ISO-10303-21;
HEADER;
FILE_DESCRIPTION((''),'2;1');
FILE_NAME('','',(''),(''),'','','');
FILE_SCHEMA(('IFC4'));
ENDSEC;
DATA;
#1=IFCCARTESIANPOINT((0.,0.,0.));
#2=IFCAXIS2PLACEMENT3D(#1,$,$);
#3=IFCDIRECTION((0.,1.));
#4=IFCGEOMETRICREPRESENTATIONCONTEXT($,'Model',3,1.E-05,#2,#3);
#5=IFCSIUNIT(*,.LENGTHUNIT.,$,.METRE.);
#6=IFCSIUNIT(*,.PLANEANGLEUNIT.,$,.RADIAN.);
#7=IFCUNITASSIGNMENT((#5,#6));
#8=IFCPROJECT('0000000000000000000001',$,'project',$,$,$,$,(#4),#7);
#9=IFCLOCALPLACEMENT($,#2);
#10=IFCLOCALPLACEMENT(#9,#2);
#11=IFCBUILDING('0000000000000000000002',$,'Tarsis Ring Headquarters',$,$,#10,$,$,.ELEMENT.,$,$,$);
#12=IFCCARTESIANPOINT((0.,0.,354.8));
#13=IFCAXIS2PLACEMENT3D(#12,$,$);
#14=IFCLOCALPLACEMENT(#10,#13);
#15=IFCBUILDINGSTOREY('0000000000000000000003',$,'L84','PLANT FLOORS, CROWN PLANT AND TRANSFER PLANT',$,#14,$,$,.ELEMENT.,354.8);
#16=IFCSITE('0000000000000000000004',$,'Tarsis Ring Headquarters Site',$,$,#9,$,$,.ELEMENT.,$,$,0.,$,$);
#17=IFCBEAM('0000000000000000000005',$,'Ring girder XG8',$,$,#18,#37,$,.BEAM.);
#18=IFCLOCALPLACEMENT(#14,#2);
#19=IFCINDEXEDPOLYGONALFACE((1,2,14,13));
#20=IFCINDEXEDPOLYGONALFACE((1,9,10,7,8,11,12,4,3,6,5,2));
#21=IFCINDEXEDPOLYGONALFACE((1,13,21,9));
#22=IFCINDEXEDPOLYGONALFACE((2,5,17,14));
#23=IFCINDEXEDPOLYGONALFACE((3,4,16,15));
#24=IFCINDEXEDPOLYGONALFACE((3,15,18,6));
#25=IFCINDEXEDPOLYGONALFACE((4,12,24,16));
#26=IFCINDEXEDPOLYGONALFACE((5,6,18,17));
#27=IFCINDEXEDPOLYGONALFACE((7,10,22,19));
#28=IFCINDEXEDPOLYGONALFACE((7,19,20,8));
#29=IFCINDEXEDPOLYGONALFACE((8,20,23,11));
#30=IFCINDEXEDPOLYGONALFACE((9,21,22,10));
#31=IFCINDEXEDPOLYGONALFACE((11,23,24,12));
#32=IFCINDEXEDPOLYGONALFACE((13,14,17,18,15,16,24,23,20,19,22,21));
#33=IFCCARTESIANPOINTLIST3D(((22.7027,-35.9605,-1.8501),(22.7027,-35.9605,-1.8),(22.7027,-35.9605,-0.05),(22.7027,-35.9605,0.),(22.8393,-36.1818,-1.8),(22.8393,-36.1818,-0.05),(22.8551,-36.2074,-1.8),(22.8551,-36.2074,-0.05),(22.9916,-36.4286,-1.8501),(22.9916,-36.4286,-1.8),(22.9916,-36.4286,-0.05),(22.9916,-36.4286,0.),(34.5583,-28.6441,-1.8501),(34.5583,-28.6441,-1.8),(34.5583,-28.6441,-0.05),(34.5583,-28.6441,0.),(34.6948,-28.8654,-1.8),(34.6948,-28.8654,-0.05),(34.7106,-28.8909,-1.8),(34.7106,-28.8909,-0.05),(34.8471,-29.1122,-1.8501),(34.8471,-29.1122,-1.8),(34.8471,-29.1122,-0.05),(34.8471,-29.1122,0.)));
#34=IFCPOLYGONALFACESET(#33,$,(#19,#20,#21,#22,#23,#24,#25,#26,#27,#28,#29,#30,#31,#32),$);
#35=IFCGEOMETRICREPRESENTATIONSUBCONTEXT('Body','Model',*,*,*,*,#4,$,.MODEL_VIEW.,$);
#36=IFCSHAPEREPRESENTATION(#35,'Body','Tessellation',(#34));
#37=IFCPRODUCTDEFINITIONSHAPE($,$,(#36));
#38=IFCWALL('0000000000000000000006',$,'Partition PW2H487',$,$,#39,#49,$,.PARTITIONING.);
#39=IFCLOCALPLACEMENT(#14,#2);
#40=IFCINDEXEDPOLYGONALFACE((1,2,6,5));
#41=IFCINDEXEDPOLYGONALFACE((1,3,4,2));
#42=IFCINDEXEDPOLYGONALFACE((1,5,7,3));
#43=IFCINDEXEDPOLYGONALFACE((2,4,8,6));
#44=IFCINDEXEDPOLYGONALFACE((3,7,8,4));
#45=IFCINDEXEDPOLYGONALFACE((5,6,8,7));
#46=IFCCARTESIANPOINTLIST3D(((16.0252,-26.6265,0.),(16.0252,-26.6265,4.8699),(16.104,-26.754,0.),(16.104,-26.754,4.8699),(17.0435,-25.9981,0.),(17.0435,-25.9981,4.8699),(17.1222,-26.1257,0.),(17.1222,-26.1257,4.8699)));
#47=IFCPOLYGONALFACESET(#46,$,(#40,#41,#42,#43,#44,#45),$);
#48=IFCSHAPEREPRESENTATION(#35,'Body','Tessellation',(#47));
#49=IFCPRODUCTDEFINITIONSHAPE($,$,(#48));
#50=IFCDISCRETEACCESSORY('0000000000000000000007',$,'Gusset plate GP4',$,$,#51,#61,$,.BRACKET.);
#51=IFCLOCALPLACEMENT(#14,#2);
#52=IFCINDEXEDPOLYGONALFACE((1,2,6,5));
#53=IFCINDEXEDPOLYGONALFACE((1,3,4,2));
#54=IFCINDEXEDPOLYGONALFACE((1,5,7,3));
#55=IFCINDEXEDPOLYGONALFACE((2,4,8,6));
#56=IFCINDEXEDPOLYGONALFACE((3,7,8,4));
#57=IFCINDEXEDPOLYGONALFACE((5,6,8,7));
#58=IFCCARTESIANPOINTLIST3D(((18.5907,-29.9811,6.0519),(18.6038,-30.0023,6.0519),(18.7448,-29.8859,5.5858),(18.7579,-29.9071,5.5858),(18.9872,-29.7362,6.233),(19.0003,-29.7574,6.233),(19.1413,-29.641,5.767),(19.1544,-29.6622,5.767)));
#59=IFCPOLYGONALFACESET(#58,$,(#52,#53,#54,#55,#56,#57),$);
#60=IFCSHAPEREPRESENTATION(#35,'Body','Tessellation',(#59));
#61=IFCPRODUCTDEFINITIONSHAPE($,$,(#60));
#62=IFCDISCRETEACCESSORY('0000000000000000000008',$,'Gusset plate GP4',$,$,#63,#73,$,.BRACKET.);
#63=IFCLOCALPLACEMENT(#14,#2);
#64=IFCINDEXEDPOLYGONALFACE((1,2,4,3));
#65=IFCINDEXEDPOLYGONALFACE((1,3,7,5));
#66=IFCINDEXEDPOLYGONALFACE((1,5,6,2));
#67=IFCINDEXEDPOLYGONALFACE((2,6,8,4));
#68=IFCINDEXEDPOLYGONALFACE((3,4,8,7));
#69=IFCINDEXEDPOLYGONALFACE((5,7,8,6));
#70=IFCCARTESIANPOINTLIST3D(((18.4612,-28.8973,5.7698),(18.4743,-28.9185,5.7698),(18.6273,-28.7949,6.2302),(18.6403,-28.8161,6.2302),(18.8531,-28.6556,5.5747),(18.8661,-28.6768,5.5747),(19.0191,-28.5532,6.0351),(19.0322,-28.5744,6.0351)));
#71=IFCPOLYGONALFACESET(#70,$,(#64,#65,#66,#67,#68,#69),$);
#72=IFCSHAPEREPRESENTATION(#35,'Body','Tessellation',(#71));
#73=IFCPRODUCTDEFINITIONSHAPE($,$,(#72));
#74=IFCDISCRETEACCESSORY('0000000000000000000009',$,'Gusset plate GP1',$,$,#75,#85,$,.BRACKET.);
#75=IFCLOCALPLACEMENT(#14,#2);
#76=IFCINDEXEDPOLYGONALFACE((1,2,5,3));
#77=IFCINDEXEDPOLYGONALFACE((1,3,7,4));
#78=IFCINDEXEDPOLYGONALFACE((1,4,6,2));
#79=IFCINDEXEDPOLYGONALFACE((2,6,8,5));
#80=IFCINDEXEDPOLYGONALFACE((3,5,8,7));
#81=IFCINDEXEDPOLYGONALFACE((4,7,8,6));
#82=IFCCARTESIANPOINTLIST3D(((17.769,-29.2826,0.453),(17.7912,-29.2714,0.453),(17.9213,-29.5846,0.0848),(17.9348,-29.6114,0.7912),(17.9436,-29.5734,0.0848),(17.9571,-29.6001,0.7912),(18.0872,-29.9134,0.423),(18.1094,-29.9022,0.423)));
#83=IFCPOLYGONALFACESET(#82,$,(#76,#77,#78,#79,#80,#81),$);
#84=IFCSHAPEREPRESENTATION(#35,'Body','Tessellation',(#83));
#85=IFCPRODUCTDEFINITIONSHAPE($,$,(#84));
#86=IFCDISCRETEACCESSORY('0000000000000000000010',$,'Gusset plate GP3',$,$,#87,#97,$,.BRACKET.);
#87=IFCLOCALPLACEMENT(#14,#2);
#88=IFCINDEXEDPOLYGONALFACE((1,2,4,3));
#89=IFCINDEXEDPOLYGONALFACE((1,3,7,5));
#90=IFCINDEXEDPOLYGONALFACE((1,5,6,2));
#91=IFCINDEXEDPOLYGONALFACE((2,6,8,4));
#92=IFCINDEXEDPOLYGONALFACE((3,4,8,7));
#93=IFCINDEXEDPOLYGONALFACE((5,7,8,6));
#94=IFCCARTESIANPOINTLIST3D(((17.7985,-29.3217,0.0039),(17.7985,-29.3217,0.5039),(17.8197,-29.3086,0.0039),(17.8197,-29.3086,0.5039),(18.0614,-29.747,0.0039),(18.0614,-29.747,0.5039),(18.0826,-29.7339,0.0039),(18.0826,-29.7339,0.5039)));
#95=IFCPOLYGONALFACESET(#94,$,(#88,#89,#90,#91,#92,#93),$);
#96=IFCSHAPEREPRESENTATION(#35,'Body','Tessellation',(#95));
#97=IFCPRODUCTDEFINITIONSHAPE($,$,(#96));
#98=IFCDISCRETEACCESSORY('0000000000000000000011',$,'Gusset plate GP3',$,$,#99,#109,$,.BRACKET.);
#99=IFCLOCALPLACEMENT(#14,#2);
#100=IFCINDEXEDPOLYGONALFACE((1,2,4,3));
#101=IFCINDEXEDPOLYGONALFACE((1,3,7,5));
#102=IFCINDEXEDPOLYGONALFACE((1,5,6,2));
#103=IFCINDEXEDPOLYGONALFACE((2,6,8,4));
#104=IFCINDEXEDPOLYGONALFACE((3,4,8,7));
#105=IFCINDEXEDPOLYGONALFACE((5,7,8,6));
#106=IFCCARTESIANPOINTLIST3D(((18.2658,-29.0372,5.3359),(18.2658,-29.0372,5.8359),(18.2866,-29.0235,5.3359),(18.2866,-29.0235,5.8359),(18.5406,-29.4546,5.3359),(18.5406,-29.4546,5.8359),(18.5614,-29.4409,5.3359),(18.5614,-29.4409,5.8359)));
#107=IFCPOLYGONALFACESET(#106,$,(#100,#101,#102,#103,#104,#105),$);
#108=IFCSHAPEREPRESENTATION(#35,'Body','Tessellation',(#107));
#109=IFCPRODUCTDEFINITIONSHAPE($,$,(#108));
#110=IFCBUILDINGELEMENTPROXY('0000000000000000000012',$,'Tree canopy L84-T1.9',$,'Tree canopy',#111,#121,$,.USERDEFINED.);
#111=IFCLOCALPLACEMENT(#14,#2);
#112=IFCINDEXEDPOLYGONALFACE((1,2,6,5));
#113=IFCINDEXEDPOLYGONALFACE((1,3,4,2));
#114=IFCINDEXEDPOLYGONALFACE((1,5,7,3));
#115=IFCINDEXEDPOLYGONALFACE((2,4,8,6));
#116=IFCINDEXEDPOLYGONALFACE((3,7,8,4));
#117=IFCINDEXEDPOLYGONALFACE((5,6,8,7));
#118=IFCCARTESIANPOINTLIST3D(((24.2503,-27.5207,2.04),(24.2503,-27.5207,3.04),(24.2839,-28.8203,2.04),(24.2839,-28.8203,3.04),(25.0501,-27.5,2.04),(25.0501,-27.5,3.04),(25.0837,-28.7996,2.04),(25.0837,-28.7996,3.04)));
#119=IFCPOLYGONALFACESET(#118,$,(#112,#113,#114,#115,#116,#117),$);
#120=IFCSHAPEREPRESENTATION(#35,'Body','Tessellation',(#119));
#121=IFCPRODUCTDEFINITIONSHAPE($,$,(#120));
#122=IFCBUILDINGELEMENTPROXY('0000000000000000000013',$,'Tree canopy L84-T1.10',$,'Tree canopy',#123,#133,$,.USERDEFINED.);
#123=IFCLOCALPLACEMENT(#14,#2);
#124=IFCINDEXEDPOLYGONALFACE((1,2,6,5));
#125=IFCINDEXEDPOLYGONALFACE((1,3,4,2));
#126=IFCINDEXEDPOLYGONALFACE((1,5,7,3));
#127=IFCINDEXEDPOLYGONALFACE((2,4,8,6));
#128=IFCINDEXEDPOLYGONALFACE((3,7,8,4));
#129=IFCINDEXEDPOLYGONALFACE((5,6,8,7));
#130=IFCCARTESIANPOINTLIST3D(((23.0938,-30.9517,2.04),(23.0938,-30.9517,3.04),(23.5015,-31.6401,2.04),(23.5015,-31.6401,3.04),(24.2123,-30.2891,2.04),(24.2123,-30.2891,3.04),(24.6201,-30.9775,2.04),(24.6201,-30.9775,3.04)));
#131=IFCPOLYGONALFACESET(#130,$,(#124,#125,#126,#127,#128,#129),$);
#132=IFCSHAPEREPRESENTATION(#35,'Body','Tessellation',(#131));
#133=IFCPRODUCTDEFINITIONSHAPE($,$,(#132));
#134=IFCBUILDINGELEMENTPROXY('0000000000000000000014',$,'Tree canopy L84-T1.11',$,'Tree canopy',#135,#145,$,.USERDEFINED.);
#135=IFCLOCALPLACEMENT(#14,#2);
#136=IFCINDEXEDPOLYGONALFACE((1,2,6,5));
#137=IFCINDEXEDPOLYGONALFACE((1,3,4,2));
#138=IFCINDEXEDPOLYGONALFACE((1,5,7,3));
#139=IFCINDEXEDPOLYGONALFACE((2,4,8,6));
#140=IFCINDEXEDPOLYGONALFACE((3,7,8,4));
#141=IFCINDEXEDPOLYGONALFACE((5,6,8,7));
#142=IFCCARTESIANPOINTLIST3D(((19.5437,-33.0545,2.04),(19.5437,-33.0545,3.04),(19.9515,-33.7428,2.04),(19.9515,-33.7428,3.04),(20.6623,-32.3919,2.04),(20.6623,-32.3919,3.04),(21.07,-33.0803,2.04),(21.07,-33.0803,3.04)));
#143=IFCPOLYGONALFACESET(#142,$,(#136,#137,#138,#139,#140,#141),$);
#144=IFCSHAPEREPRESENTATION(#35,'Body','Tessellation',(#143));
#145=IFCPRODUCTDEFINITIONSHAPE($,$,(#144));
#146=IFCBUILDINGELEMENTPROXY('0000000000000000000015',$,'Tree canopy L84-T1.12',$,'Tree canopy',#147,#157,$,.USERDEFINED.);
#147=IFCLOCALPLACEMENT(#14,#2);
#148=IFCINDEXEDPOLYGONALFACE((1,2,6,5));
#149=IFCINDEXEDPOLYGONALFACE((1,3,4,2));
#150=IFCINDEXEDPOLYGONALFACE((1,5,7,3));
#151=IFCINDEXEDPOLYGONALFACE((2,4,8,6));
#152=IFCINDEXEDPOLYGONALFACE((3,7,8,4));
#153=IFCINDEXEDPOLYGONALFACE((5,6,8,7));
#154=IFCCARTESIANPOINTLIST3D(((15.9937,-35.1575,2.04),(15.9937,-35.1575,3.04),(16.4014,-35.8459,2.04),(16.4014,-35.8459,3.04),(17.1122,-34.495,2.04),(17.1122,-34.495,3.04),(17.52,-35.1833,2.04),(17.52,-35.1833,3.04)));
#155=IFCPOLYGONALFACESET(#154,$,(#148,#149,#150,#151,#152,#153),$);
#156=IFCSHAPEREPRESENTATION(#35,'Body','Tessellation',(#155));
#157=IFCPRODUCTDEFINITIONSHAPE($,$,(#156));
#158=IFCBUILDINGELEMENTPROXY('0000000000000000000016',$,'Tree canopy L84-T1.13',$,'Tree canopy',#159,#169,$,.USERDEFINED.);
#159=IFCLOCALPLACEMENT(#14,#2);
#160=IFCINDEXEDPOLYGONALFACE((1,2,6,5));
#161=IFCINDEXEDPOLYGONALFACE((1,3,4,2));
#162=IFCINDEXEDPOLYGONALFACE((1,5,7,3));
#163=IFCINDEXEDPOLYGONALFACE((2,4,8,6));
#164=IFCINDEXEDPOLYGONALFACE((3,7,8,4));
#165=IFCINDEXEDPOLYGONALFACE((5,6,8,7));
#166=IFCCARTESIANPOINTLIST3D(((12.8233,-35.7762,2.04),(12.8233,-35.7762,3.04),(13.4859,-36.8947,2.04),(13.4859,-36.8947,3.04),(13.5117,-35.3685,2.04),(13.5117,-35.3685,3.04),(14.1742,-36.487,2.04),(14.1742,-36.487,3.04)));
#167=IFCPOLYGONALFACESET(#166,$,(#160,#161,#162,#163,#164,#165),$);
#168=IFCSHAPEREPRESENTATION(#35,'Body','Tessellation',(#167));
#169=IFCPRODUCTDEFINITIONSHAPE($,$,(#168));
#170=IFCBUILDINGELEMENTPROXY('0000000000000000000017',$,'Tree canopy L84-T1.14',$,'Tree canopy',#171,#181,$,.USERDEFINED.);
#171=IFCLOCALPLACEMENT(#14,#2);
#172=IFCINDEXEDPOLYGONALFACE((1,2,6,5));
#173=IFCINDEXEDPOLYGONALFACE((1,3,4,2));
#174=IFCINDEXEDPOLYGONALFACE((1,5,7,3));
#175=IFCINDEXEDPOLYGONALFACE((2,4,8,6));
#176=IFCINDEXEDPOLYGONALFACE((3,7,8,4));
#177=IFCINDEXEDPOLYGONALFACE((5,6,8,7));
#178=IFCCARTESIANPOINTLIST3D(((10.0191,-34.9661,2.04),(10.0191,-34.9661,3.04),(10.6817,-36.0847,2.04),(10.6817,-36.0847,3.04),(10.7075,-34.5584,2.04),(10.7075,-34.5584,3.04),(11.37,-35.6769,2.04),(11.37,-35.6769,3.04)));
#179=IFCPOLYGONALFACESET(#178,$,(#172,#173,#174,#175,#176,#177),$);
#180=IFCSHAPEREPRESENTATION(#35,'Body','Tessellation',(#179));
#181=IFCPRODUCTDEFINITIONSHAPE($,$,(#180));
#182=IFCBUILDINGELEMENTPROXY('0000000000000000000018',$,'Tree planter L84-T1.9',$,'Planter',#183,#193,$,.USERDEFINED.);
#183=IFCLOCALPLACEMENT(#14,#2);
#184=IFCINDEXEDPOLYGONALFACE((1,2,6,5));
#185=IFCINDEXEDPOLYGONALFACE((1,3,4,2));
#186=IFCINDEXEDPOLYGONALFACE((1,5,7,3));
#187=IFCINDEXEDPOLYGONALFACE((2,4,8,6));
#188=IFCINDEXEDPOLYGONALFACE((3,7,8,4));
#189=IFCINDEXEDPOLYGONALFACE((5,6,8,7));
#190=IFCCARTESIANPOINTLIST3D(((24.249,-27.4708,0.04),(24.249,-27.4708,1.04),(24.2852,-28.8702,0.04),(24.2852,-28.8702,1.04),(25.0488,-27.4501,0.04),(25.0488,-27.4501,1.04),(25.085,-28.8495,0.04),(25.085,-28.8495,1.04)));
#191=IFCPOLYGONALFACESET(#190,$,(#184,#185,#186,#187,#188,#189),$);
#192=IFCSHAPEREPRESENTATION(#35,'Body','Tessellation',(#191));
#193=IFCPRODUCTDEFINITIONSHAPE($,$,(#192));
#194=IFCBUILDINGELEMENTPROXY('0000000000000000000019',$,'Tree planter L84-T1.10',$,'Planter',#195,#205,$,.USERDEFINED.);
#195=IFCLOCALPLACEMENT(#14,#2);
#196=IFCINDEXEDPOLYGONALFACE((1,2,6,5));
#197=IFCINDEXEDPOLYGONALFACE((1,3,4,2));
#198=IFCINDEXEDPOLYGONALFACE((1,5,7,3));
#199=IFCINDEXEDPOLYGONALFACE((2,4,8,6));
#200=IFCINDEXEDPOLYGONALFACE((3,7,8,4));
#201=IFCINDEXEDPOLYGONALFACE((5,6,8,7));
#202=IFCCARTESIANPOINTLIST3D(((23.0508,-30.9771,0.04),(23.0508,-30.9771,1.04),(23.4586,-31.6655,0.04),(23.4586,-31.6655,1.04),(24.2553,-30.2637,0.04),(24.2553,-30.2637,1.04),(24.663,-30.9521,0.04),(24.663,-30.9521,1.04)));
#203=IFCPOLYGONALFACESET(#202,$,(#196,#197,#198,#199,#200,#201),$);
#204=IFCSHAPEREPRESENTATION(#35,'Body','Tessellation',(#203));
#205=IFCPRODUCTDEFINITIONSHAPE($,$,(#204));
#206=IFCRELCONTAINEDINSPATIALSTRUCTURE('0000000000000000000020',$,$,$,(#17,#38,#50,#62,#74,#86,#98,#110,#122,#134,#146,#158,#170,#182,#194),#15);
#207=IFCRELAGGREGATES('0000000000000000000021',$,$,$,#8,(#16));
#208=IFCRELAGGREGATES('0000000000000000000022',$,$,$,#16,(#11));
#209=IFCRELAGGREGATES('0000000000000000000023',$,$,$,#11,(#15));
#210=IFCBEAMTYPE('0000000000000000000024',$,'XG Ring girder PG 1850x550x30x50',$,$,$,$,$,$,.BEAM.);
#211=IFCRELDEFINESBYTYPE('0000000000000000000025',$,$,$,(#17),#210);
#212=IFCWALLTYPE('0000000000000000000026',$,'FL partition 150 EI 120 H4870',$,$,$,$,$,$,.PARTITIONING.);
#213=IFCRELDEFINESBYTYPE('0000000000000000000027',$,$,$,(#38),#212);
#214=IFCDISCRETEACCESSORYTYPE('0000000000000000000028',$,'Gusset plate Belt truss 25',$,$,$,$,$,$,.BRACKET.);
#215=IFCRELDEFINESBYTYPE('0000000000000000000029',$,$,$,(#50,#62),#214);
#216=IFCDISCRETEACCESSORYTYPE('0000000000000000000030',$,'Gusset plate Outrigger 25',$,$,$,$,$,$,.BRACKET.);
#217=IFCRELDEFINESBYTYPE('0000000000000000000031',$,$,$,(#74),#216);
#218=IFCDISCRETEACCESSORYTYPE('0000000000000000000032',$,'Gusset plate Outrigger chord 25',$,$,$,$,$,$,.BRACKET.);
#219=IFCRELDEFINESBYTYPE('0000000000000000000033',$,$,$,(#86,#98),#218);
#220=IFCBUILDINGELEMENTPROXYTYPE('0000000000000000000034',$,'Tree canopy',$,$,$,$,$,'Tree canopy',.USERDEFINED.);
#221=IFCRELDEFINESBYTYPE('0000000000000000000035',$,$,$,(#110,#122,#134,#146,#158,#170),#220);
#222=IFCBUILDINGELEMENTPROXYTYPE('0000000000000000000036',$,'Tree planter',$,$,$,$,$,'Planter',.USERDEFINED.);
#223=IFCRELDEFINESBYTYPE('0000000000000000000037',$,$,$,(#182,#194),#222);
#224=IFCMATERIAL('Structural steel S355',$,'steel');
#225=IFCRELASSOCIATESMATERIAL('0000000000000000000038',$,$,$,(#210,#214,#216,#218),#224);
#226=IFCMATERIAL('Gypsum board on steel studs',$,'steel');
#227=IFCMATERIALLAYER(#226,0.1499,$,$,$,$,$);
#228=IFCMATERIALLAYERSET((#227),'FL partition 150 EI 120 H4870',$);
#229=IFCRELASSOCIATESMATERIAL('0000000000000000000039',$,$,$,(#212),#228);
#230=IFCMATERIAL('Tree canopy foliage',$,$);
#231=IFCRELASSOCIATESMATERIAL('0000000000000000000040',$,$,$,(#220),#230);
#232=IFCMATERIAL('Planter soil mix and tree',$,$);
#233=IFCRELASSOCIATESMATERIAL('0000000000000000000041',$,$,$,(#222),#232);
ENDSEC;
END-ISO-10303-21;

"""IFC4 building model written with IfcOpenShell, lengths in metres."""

from ifc_helpers import new_model, si_unit, direction, frame, frame_2d, origin, origin_2d, place, context, subcontext, project, spatial, rectangle, i_section, extrude, material, layer, layer_set, material_profile, profile_set, type_object, element, save


model = new_model("IFC4")

# Units and contexts
model_context = context("Model", 3, precision=1e-05, world=origin(), true_north=direction((0.0, 1.0)))
body_context = subcontext(model_context, "Body", "Model", "MODEL_VIEW")
ifc_project = project(units=[si_unit("LENGTHUNIT", "METRE"), si_unit("PLANEANGLEUNIT", "RADIAN")], contexts=[model_context])

# Site, building, storey
site_placement = place(None, origin())
site = spatial("IfcSite", under=ifc_project, at=site_placement, Name="Tarsis Ring Headquarters Site", CompositionType="ELEMENT", RefElevation=0.0)
building_placement = place(site_placement, origin())
building = spatial("IfcBuilding", under=site, at=building_placement, Name="Tarsis Ring Headquarters", CompositionType="ELEMENT")
storey_placement = place(building_placement, frame((0.0, 0.0, 354.8)))
storey = spatial("IfcBuildingStorey", under=building, at=storey_placement, Name="L84", Description="PLANT FLOORS, CROWN PLANT AND TRANSFER PLANT", CompositionType="ELEMENT", Elevation=354.8)

# Shared definitions
ifc_material_1 = material(Name="Structural steel S355", Category="steel")

# Beam
ifc_material_profile_1 = material_profile(ifc_material_1, i_section(OverallWidth=0.55, OverallDepth=1.8501, WebThickness=0.03, FlangeThickness=0.05, at=origin_2d()), Name="PG 1850x550x30x50")
ifc_profile_set_1 = profile_set([ifc_material_profile_1], Name="Structural steel S355")
beam_type_1 = type_object("IfcBeamType", Name="XG Ring girder PG 1850x550x30x50", PredefinedType="BEAM", material=ifc_profile_set_1)
beam_1_placement = place(storey_placement, frame((22.8472, -36.1946, -0.925), z_axis=(0.850993, 0.525176, 0.0), x_axis=(-0.525176, 0.850993, 0.0)))
element("IfcBeam", 1, at=beam_1_placement, inside=storey, type_object=beam_type_1, Name="Ring girder XG8", PredefinedType="BEAM", context=body_context, shape_type="SweptSolid", body=[
    extrude(i_section(OverallWidth=0.55, OverallDepth=1.8501, WebThickness=0.03, FlangeThickness=0.05, at=origin_2d()), origin(), (0.0, 0.0, 1.0), 13.9314),
])

# Wall
ifc_material_2 = material(Name="Gypsum board on steel studs", Category="steel")
ifc_layer = layer(ifc_material_2, 0.1499)
ifc_layer_set = layer_set([ifc_layer], Name="FL partition 150 EI 120 H4870")
wall_type = type_object("IfcWallType", Name="FL partition 150 EI 120 H4870", PredefinedType="PARTITIONING", material=ifc_layer_set)
wall_placement = place(storey_placement, frame((16.0647, -26.6902, 0.0), z_axis=(0.0, 0.0, 1.0), x_axis=(0.850999, 0.525167, 0.0)))
element("IfcWall", 2, at=wall_placement, inside=storey, type_object=wall_type, Name="Partition PW2H487", PredefinedType="PARTITIONING", context=body_context, shape_type="SweptSolid", body=[
    extrude(rectangle(XDim=1.1965, YDim=0.1499, at=frame_2d((0.5981, 0.0))), origin(), (0.0, 0.0, 1.0), 4.8699),
])

# Discrete accessories
ifc_material_profile_2 = material_profile(ifc_material_1, rectangle(XDim=0.0249, YDim=0.5, at=origin_2d()), Name="PL 25x500")
ifc_profile_set_2 = profile_set([ifc_material_profile_2], Name="Structural steel S355")
discrete_accessory_type_1 = type_object("IfcDiscreteAccessoryType", Name="Gusset plate Belt truss 25", PredefinedType="BRACKET", material=ifc_profile_set_2)
for number, where, z_axis, x_axis, name in (
    (3, (19.0708, -29.6992, 6.0), (-0.793002, -0.489767, -0.36232), (0.525471, -0.850812, 0.0), "Gusset plate GP4"),
    (4, (18.5508, -28.8567, 6.0), (0.783671, 0.483386, -0.390126), (-0.524985, 0.851112, 0.0), "Gusset plate GP4"),
):
    element("IfcDiscreteAccessory", number, at=place(storey_placement, frame(where, z_axis=z_axis, x_axis=x_axis)), inside=storey, type_object=discrete_accessory_type_1, Name=name, PredefinedType="BRACKET", context=body_context, shape_type="SweptSolid", body=[
        extrude(rectangle(XDim=0.0249, YDim=0.5, at=origin_2d()), origin(), (0.0, 0.0, 1.0), 0.5),
    ])
discrete_accessory_type_2 = type_object("IfcDiscreteAccessoryType", Name="Gusset plate Outrigger 25", PredefinedType="BRACKET", material=ifc_profile_set_2)
discrete_accessory_1_placement = place(storey_placement, frame((18.0154, -29.7434, 0.2539), z_axis=(-0.304713, 0.604054, 0.736389), x_axis=(-0.892834, -0.450387, 0.0)))
element("IfcDiscreteAccessory", 5, at=discrete_accessory_1_placement, inside=storey, type_object=discrete_accessory_type_2, Name="Gusset plate GP1", PredefinedType="BRACKET", context=body_context, shape_type="SweptSolid", body=[
    extrude(rectangle(XDim=0.0249, YDim=0.5, at=origin_2d()), origin(), (0.0, 0.0, 1.0), 0.5),
])
discrete_accessory_type_3 = type_object("IfcDiscreteAccessoryType", Name="Gusset plate Outrigger chord 25", PredefinedType="BRACKET", material=ifc_profile_set_2)
discrete_accessory_2_placement = place(storey_placement, frame((18.072, -29.7405, 0.2539), z_axis=(-0.525867, 0.850567, 0.0), x_axis=(-0.850567, -0.525867, 0.0)))
element("IfcDiscreteAccessory", 6, at=discrete_accessory_2_placement, inside=storey, type_object=discrete_accessory_type_3, Name="Gusset plate GP3", PredefinedType="BRACKET", context=body_context, shape_type="SweptSolid", body=[
    extrude(rectangle(XDim=0.0249, YDim=0.5, at=origin_2d()), origin(), (0.0, 0.0, 1.0), 0.5),
])
discrete_accessory_3_placement = place(storey_placement, frame((18.551, -29.4478, 5.5859), z_axis=(-0.549957, 0.835193, 0.0), x_axis=(-0.835193, -0.549957, 0.0)))
element("IfcDiscreteAccessory", 7, at=discrete_accessory_3_placement, inside=storey, type_object=discrete_accessory_type_3, Name="Gusset plate GP3", PredefinedType="BRACKET", context=body_context, shape_type="SweptSolid", body=[
    extrude(rectangle(XDim=0.0249, YDim=0.5, at=origin_2d()), origin(), (0.0, 0.0, 1.0), 0.4998),
])

# Building element proxies
ifc_material_3 = material(Name="Tree canopy foliage")
building_element_proxy_type_1 = type_object("IfcBuildingElementProxyType", Name="Tree canopy", ElementType="Tree canopy", PredefinedType="USERDEFINED", material=ifc_material_3)
for number, where, z_axis, x_axis, name in (
    (8, (24.667, -28.1602, 2.04), (0.0, 0.0, 1.0), (0.025866, -0.999665, 0.0), "Tree canopy L84-T1.9"),
    (9, (23.8569, -30.9646, 2.04), (0.0, 0.0, 1.0), (-0.860386, -0.509642, 0.0), "Tree canopy L84-T1.10"),
    (10, (20.3069, -33.0674, 2.04), (0.0, 0.0, 1.0), (-0.860386, -0.509642, 0.0), "Tree canopy L84-T1.11"),
    (11, (16.7568, -35.1704, 2.04), (0.0, 0.0, 1.0), (-0.860386, -0.509642, 0.0), "Tree canopy L84-T1.12"),
    (12, (13.4988, -36.1316, 2.04), (0.0, 0.0, 1.0), (-0.509642, 0.860386, 0.0), "Tree canopy L84-T1.13"),
    (13, (10.6946, -35.3215, 2.04), (0.0, 0.0, 1.0), (-0.509642, 0.860386, 0.0), "Tree canopy L84-T1.14"),
):
    element("IfcBuildingElementProxy", number, at=place(storey_placement, frame(where, z_axis=z_axis, x_axis=x_axis)), inside=storey, type_object=building_element_proxy_type_1, Name=name, ObjectType="Tree canopy", PredefinedType="USERDEFINED", context=body_context, shape_type="SweptSolid", body=[
        extrude(rectangle(XDim=1.3, YDim=0.8, at=origin_2d()), origin(), (0.0, 0.0, 1.0), 1.0),
    ])
ifc_material_4 = material(Name="Planter soil mix and tree")
building_element_proxy_type_2 = type_object("IfcBuildingElementProxyType", Name="Tree planter", ElementType="Planter", PredefinedType="USERDEFINED", material=ifc_material_4)
for number, where, z_axis, x_axis, name in (
    (14, (24.667, -28.1602, 0.04), (0.0, 0.0, 1.0), (0.025866, -0.999665, 0.0), "Tree planter L84-T1.9"),
    (15, (23.8569, -30.9646, 0.04), (0.0, 0.0, 1.0), (-0.860386, -0.509642, 0.0), "Tree planter L84-T1.10"),
):
    element("IfcBuildingElementProxy", number, at=place(storey_placement, frame(where, z_axis=z_axis, x_axis=x_axis)), inside=storey, type_object=building_element_proxy_type_2, Name=name, ObjectType="Planter", PredefinedType="USERDEFINED", context=body_context, shape_type="SweptSolid", body=[
        extrude(rectangle(XDim=1.3999, YDim=0.8, at=origin_2d()), origin(), (0.0, 0.0, 1.0), 1.0),
    ])

save(model, "model.ifc")
